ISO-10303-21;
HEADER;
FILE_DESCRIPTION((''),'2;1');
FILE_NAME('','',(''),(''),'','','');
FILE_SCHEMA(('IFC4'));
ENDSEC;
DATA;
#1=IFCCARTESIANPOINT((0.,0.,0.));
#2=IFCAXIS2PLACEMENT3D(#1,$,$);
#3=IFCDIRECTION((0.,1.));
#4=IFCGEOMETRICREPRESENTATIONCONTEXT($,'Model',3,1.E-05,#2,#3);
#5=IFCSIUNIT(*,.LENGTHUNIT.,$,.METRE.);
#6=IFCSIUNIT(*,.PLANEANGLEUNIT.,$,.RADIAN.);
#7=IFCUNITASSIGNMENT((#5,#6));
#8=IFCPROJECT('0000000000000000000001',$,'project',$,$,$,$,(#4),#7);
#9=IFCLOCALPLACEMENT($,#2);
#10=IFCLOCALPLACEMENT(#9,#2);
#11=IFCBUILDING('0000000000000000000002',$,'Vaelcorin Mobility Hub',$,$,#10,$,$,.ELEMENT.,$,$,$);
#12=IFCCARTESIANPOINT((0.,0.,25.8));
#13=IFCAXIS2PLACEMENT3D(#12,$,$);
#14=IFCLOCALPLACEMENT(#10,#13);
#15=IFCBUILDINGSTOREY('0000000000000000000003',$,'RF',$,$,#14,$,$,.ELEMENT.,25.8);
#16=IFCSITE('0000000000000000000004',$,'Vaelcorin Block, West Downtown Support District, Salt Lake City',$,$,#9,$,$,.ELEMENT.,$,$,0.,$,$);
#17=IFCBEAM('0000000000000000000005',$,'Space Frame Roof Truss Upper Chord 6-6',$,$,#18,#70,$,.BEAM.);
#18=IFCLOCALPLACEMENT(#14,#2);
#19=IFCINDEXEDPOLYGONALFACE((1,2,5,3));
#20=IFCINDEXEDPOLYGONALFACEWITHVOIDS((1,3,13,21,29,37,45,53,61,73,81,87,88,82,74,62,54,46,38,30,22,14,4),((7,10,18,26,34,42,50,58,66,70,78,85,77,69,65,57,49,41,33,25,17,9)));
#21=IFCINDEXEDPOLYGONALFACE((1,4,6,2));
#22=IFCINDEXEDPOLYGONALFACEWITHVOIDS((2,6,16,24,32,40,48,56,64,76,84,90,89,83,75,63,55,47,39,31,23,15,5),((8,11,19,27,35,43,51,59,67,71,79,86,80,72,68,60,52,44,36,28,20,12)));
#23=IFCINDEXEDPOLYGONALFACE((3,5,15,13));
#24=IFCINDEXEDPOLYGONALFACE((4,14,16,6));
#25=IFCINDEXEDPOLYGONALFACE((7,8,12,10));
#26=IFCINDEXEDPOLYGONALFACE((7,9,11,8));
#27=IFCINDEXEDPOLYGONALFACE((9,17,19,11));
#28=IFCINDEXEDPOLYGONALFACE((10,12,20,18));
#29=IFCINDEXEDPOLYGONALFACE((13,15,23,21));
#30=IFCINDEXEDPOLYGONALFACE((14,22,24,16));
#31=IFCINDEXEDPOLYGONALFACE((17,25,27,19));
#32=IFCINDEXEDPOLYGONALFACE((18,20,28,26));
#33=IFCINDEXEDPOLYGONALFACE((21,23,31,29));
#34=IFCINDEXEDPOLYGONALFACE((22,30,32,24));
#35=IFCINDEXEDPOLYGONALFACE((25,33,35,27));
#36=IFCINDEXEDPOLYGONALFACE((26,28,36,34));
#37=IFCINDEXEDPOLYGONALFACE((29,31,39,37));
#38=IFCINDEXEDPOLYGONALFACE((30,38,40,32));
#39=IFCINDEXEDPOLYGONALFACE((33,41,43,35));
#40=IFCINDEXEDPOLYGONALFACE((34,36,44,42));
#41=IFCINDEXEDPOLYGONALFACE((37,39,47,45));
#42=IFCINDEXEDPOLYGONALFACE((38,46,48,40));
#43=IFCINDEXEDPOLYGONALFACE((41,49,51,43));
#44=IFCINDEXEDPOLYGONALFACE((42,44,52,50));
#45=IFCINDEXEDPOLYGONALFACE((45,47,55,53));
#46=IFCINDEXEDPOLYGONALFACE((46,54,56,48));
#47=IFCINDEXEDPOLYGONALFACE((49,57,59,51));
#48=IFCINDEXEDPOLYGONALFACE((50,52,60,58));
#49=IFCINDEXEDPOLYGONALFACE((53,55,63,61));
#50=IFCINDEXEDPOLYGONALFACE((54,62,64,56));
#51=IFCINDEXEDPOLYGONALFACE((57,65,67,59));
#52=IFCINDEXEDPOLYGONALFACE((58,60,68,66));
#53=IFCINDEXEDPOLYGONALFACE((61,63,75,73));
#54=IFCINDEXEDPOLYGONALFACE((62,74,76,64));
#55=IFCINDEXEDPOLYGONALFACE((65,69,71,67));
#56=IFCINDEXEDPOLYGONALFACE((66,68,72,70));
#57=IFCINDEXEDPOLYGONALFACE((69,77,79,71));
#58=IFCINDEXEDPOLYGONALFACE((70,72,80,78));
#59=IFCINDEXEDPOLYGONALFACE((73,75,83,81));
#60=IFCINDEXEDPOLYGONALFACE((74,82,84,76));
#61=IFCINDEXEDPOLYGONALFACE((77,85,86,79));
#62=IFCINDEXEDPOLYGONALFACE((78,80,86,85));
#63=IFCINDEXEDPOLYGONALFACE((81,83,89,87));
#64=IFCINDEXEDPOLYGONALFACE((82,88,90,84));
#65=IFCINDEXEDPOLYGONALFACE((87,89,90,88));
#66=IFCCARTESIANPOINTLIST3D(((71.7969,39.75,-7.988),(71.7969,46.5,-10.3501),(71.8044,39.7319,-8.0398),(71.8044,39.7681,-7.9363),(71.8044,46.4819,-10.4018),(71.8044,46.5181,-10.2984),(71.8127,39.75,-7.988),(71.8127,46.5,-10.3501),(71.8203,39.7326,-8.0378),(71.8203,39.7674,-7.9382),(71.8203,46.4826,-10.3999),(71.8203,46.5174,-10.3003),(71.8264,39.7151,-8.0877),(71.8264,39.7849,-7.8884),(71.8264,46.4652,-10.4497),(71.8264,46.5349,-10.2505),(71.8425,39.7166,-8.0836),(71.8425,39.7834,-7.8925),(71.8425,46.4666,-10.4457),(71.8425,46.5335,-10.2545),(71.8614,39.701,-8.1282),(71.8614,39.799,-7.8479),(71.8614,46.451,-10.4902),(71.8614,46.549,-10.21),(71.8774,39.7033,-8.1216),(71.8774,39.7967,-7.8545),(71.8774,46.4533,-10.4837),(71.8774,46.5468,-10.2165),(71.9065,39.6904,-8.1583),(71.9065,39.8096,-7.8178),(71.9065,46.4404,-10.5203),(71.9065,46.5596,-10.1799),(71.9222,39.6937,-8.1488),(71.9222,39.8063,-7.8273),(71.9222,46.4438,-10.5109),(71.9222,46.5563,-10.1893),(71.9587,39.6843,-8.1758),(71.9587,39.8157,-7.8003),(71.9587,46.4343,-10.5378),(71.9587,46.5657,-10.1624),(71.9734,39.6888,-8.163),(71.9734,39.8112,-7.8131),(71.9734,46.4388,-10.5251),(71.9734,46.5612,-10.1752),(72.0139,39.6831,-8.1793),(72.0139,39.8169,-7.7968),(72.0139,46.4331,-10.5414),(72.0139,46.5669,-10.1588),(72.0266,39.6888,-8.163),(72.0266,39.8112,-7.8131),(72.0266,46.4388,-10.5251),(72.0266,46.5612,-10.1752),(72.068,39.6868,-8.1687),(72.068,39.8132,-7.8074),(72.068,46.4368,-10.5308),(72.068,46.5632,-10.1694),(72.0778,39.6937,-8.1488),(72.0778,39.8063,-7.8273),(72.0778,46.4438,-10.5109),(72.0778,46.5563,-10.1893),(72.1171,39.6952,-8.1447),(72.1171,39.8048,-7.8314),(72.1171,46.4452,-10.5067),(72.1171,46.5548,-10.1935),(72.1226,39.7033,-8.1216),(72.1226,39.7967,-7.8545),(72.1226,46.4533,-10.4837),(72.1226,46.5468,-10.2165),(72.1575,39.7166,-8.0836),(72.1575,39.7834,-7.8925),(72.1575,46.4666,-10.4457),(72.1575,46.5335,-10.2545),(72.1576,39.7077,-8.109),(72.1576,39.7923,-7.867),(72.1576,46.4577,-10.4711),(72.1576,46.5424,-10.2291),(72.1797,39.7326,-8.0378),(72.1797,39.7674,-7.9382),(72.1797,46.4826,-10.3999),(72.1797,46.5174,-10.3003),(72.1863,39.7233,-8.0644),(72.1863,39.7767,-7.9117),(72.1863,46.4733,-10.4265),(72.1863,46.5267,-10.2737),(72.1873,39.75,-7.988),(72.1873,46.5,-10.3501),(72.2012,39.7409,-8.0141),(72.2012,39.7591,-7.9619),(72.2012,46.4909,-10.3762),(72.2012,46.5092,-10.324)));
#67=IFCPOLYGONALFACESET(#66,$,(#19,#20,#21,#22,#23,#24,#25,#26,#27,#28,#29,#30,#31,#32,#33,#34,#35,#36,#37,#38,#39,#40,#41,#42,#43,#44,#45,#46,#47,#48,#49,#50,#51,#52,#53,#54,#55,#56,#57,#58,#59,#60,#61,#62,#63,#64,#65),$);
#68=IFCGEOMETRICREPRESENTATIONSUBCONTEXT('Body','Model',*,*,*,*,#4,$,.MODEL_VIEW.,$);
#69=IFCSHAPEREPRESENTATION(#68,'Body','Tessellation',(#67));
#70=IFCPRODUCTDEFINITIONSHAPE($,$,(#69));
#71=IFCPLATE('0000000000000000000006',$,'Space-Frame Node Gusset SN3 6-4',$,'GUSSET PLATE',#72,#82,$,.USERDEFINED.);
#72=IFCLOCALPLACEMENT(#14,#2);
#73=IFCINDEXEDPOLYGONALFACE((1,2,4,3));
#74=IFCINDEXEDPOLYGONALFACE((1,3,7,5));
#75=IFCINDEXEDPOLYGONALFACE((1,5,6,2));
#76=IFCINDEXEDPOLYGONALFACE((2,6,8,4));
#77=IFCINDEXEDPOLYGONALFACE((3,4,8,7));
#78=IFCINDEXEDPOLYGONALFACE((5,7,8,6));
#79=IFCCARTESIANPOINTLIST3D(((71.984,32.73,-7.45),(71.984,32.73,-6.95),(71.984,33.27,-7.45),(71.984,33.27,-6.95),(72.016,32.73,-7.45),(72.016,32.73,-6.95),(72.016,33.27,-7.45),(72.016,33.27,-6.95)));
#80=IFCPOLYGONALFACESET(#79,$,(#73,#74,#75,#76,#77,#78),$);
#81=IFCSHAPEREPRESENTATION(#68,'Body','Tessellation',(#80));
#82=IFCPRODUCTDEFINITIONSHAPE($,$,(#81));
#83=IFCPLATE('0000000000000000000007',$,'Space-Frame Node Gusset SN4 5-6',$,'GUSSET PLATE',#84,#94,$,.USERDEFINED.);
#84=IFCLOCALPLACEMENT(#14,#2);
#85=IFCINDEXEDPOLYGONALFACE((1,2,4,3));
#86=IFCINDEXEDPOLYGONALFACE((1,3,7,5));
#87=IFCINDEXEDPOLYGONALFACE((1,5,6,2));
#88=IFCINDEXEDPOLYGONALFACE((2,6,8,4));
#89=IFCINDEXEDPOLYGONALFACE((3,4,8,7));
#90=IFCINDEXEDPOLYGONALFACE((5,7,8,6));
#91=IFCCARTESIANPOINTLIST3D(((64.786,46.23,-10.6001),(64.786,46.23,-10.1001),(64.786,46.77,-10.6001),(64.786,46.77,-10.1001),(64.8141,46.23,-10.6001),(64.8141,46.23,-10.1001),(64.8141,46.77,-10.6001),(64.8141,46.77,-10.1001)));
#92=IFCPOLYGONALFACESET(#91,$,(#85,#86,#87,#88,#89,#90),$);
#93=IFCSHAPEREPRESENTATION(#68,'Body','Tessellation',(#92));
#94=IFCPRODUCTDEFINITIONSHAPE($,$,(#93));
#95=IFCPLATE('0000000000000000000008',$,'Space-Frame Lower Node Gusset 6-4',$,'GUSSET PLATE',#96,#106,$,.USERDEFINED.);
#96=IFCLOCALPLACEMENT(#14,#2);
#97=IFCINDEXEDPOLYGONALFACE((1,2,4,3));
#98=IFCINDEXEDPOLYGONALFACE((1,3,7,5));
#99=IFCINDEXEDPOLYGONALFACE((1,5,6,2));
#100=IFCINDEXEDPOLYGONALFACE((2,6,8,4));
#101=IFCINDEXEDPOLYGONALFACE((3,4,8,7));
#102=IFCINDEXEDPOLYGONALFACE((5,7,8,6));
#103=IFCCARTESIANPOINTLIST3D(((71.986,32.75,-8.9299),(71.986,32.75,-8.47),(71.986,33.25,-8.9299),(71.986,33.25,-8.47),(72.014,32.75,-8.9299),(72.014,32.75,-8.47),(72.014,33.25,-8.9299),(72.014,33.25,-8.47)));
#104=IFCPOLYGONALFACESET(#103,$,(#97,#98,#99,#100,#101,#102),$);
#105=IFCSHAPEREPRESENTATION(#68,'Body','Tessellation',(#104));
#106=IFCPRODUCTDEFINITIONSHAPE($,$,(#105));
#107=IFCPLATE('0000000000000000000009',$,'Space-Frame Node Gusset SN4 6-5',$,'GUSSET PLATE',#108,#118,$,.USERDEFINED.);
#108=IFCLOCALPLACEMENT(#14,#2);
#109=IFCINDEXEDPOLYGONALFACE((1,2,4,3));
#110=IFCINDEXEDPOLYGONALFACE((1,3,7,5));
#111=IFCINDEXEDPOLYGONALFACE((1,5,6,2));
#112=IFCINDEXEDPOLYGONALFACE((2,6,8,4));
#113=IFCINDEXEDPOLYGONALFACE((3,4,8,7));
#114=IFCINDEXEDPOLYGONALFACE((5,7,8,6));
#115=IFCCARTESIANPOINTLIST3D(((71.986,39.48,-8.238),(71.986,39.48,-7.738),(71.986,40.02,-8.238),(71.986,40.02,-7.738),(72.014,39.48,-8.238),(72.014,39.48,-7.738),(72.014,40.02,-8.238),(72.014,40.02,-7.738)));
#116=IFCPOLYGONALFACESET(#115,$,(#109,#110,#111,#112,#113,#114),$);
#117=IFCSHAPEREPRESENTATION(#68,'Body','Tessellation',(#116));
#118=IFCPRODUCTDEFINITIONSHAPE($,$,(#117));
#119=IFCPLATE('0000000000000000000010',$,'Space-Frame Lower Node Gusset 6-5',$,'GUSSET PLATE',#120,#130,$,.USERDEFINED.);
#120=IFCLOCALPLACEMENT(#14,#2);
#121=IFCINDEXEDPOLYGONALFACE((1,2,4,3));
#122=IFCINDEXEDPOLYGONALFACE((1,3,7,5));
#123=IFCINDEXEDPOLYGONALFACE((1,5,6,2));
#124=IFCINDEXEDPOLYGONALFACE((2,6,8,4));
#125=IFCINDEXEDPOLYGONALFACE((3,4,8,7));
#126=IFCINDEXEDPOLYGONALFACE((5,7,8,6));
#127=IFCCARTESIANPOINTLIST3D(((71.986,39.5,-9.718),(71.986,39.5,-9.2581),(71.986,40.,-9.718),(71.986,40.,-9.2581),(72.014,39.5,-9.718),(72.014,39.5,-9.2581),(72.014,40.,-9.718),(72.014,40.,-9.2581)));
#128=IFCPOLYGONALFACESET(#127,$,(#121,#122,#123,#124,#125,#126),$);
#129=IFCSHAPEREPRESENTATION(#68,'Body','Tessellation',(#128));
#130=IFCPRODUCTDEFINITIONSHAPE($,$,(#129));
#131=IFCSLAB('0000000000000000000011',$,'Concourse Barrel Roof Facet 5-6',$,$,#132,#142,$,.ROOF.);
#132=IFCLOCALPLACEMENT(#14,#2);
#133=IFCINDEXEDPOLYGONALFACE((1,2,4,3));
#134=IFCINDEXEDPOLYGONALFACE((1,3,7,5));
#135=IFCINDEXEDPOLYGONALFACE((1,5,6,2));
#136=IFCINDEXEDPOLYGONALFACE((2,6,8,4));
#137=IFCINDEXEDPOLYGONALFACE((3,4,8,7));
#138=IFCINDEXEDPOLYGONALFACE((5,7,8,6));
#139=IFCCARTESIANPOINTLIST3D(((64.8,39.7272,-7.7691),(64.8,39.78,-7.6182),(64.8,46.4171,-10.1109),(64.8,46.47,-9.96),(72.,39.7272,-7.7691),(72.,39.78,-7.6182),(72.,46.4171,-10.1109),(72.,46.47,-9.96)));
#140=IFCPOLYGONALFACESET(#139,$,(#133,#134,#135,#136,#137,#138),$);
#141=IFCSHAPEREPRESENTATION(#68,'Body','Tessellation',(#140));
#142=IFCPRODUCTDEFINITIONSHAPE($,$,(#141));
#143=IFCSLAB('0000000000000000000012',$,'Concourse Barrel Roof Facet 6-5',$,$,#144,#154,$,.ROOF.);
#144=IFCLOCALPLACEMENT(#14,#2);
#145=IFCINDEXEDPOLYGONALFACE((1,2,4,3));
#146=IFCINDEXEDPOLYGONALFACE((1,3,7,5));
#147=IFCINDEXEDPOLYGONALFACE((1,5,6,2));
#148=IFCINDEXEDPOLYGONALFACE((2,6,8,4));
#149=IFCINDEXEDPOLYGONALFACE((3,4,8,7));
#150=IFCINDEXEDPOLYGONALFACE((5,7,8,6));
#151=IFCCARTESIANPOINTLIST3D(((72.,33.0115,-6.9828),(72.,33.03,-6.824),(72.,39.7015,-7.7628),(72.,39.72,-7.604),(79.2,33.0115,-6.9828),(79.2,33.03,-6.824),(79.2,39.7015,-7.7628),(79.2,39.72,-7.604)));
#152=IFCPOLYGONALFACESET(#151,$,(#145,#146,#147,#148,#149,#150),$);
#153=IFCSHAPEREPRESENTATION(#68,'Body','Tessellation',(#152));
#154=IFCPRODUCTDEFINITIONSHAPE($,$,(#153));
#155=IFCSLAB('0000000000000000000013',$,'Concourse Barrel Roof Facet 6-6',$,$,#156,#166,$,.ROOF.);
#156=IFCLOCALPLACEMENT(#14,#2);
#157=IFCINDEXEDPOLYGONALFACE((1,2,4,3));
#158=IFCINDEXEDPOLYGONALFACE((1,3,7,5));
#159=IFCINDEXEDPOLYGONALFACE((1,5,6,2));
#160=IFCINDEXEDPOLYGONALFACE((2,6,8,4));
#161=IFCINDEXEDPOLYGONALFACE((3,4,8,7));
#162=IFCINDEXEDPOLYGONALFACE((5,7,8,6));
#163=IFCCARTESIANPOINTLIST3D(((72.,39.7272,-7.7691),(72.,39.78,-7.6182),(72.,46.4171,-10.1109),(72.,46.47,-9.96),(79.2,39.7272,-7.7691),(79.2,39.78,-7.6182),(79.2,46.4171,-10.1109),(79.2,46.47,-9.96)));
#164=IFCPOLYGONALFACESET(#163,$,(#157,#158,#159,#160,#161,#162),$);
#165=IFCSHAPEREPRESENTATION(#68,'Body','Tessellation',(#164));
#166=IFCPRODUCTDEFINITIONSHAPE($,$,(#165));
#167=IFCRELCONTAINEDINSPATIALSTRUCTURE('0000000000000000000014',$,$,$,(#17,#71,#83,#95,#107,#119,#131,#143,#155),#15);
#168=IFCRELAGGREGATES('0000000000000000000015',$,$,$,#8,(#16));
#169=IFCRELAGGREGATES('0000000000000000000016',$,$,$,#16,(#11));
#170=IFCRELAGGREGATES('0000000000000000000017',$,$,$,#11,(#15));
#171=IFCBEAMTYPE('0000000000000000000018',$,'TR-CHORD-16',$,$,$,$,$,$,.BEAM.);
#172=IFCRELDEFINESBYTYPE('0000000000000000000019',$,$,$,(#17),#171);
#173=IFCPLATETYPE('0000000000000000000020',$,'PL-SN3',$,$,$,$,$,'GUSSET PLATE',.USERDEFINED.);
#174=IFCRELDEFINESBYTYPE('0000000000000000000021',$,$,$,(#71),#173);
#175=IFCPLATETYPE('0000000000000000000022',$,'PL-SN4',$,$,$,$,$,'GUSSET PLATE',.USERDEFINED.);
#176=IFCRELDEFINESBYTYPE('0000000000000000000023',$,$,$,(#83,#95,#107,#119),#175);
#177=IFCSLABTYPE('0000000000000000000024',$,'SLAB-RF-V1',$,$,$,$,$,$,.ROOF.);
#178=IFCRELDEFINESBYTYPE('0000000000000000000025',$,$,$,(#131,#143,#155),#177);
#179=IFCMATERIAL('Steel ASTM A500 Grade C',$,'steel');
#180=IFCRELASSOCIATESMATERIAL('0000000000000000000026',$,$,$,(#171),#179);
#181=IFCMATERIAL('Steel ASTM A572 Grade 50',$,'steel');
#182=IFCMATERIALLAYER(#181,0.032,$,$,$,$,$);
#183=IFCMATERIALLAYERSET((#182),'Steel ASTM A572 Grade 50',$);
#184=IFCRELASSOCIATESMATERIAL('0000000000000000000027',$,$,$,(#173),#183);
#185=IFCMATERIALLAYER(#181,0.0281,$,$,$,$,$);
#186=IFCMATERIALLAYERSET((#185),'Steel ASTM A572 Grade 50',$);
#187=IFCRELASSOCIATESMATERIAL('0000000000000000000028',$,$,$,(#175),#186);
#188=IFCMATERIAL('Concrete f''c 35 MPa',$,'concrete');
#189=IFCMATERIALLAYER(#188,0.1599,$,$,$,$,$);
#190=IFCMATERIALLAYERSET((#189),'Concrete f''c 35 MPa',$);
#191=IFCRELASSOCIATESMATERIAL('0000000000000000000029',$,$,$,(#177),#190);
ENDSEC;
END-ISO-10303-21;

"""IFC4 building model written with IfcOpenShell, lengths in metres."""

from ifc_helpers import new_model, si_unit, direction, frame, origin, origin_2d, place, context, subcontext, project, spatial, polyline, rectangle, hollow_circle, outline, extrude, material, layer, layer_set, material_profile, profile_set, type_object, element, save


model = new_model("IFC4")

# Units and contexts
model_context = context("Model", 3, precision=1e-05, world=origin(), true_north=direction((0.0, 1.0)))
body_context = subcontext(model_context, "Body", "Model", "MODEL_VIEW")
ifc_project = project(units=[si_unit("LENGTHUNIT", "METRE"), si_unit("PLANEANGLEUNIT", "RADIAN")], contexts=[model_context])

# Site, building, storey
site_placement = place(None, origin())
site = spatial("IfcSite", under=ifc_project, at=site_placement, Name="Vaelcorin Block, West Downtown Support District, Salt Lake City", CompositionType="ELEMENT", RefElevation=0.0)
building_placement = place(site_placement, origin())
building = spatial("IfcBuilding", under=site, at=building_placement, Name="Vaelcorin Mobility Hub", CompositionType="ELEMENT")
storey_placement = place(building_placement, frame((0.0, 0.0, 25.8)))
storey = spatial("IfcBuildingStorey", under=building, at=storey_placement, Name="RF", CompositionType="ELEMENT", Elevation=25.8)

# Shared definitions
ifc_material_1 = material(Name="Steel ASTM A500 Grade C", Category="steel")

# Beam
ifc_material_profile_1 = material_profile(ifc_material_1, hollow_circle(Radius=0.2031, WallThickness=0.0159, at=origin_2d()), Name="HSS16.000X0.625")
ifc_profile_set_1 = profile_set([ifc_material_profile_1], Name="Steel ASTM A500 Grade C")
beam_type = type_object("IfcBeamType", Name="TR-CHORD-16", PredefinedType="BEAM", material=ifc_profile_set_1)
beam_1_placement = place(storey_placement, frame((72.0, 39.75, -7.988), z_axis=(0.0, 0.943878, -0.330296), x_axis=(-1.0, 0.0, 0.0)))
element("IfcBeam", 1, at=beam_1_placement, inside=storey, type_object=beam_type, Name="Space Frame Roof Truss Upper Chord 6-6", PredefinedType="BEAM", context=body_context, shape_type="SweptSolid", body=[
    extrude(hollow_circle(Radius=0.2031, WallThickness=0.0159, at=origin_2d()), origin(), (0.0, 0.0, 1.0), 7.1514),
])

# Plates
ifc_material_2 = material(Name="Steel ASTM A572 Grade 50", Category="steel")
ifc_layer_1 = layer(ifc_material_2, 0.032)
ifc_layer_set_1 = layer_set([ifc_layer_1], Name="Steel ASTM A572 Grade 50")
plate_type_1 = type_object("IfcPlateType", Name="PL-SN3", ElementType="GUSSET PLATE", PredefinedType="USERDEFINED", material=ifc_layer_set_1)
plate_1_placement = place(storey_placement, frame((72.0, 33.0, -7.45), z_axis=(0.0, 0.0, 1.0), x_axis=(1.0, 0.0, 0.0)))
element("IfcPlate", 2, at=plate_1_placement, inside=storey, type_object=plate_type_1, Name="Space-Frame Node Gusset SN3 6-4", ObjectType="GUSSET PLATE", PredefinedType="USERDEFINED", context=body_context, shape_type="SweptSolid", body=[
    extrude(rectangle(XDim=0.032, YDim=0.54, at=origin_2d()), origin(), (0.0, 0.0, 1.0), 0.5),
])
ifc_layer_2 = layer(ifc_material_2, 0.0281)
ifc_layer_set_2 = layer_set([ifc_layer_2], Name="Steel ASTM A572 Grade 50")
plate_type_2 = type_object("IfcPlateType", Name="PL-SN4", ElementType="GUSSET PLATE", PredefinedType="USERDEFINED", material=ifc_layer_set_2)
plate_2_placement = place(storey_placement, frame((64.8, 46.5, -10.6001), z_axis=(0.0, 0.0, 1.0), x_axis=(1.0, 0.0, 0.0)))
element("IfcPlate", 3, at=plate_2_placement, inside=storey, type_object=plate_type_2, Name="Space-Frame Node Gusset SN4 5-6", ObjectType="GUSSET PLATE", PredefinedType="USERDEFINED", context=body_context, shape_type="SweptSolid", body=[
    extrude(rectangle(XDim=0.0281, YDim=0.54, at=origin_2d()), origin(), (0.0, 0.0, 1.0), 0.5),
])
plate_3_placement = place(storey_placement, frame((72.0, 33.0, -8.9299), z_axis=(0.0, 0.0, 1.0), x_axis=(1.0, 0.0, 0.0)))
element("IfcPlate", 4, at=plate_3_placement, inside=storey, type_object=plate_type_2, Name="Space-Frame Lower Node Gusset 6-4", ObjectType="GUSSET PLATE", PredefinedType="USERDEFINED", context=body_context, shape_type="SweptSolid", body=[
    extrude(rectangle(XDim=0.0281, YDim=0.5, at=origin_2d()), origin(), (0.0, 0.0, 1.0), 0.46),
])
plate_4_placement = place(storey_placement, frame((72.0, 39.75, -8.238), z_axis=(0.0, 0.0, 1.0), x_axis=(1.0, 0.0, 0.0)))
element("IfcPlate", 5, at=plate_4_placement, inside=storey, type_object=plate_type_2, Name="Space-Frame Node Gusset SN4 6-5", ObjectType="GUSSET PLATE", PredefinedType="USERDEFINED", context=body_context, shape_type="SweptSolid", body=[
    extrude(rectangle(XDim=0.0281, YDim=0.54, at=origin_2d()), origin(), (0.0, 0.0, 1.0), 0.5),
])
plate_5_placement = place(storey_placement, frame((72.0, 39.75, -9.718), z_axis=(0.0, 0.0, 1.0), x_axis=(1.0, 0.0, 0.0)))
element("IfcPlate", 6, at=plate_5_placement, inside=storey, type_object=plate_type_2, Name="Space-Frame Lower Node Gusset 6-5", ObjectType="GUSSET PLATE", PredefinedType="USERDEFINED", context=body_context, shape_type="SweptSolid", body=[
    extrude(rectangle(XDim=0.0281, YDim=0.5, at=origin_2d()), origin(), (0.0, 0.0, 1.0), 0.46),
])

# Slabs
ifc_material_3 = material(Name="Concrete f'c 35 MPa", Category="concrete")
ifc_layer_3 = layer(ifc_material_3, 0.1599)
ifc_layer_set_3 = layer_set([ifc_layer_3], Name="Concrete f'c 35 MPa")
slab_type = type_object("IfcSlabType", Name="SLAB-RF-V1", PredefinedType="ROOF", material=ifc_layer_set_3)
slab_1_placement = place(storey_placement, frame((64.8, 39.78, -7.6182), z_axis=(0.0, 0.33039, 0.943844), x_axis=(1.0, 0.0, 0.0)))
element("IfcSlab", 7, at=slab_1_placement, inside=storey, type_object=slab_type, Name="Concourse Barrel Roof Facet 5-6", PredefinedType="ROOF", context=body_context, shape_type="SweptSolid", body=[
    extrude(outline(polyline([(0.0, 0.0), (7.2, 0.0), (7.2, 7.088), (0.0, 7.088), (0.0, 0.0)])), origin(), (0.0, 0.0, -1.0), 0.1599),
])
slab_2_placement = place(storey_placement, frame((72.0, 33.03, -6.824), z_axis=(0.0, 0.115813, 0.993271), x_axis=(1.0, 0.0, 0.0)))
element("IfcSlab", 8, at=slab_2_placement, inside=storey, type_object=slab_type, Name="Concourse Barrel Roof Facet 6-5", PredefinedType="ROOF", context=body_context, shape_type="SweptSolid", body=[
    extrude(outline(polyline([(0.0, 0.0), (7.2, 0.0), (7.2, 6.7353), (0.0, 6.7353), (0.0, 0.0)])), origin(), (0.0, 0.0, -1.0), 0.1599),
])
slab_3_placement = place(storey_placement, frame((72.0, 39.78, -7.6182), z_axis=(0.0, 0.33039, 0.943844), x_axis=(1.0, 0.0, 0.0)))
element("IfcSlab", 9, at=slab_3_placement, inside=storey, type_object=slab_type, Name="Concourse Barrel Roof Facet 6-6", PredefinedType="ROOF", context=body_context, shape_type="SweptSolid", body=[
    extrude(outline(polyline([(0.0, 0.0), (7.2, 0.0), (7.2, 7.088), (0.0, 7.088), (0.0, 0.0)])), origin(), (0.0, 0.0, -1.0), 0.1599),
])

save(model, "model.ifc")
